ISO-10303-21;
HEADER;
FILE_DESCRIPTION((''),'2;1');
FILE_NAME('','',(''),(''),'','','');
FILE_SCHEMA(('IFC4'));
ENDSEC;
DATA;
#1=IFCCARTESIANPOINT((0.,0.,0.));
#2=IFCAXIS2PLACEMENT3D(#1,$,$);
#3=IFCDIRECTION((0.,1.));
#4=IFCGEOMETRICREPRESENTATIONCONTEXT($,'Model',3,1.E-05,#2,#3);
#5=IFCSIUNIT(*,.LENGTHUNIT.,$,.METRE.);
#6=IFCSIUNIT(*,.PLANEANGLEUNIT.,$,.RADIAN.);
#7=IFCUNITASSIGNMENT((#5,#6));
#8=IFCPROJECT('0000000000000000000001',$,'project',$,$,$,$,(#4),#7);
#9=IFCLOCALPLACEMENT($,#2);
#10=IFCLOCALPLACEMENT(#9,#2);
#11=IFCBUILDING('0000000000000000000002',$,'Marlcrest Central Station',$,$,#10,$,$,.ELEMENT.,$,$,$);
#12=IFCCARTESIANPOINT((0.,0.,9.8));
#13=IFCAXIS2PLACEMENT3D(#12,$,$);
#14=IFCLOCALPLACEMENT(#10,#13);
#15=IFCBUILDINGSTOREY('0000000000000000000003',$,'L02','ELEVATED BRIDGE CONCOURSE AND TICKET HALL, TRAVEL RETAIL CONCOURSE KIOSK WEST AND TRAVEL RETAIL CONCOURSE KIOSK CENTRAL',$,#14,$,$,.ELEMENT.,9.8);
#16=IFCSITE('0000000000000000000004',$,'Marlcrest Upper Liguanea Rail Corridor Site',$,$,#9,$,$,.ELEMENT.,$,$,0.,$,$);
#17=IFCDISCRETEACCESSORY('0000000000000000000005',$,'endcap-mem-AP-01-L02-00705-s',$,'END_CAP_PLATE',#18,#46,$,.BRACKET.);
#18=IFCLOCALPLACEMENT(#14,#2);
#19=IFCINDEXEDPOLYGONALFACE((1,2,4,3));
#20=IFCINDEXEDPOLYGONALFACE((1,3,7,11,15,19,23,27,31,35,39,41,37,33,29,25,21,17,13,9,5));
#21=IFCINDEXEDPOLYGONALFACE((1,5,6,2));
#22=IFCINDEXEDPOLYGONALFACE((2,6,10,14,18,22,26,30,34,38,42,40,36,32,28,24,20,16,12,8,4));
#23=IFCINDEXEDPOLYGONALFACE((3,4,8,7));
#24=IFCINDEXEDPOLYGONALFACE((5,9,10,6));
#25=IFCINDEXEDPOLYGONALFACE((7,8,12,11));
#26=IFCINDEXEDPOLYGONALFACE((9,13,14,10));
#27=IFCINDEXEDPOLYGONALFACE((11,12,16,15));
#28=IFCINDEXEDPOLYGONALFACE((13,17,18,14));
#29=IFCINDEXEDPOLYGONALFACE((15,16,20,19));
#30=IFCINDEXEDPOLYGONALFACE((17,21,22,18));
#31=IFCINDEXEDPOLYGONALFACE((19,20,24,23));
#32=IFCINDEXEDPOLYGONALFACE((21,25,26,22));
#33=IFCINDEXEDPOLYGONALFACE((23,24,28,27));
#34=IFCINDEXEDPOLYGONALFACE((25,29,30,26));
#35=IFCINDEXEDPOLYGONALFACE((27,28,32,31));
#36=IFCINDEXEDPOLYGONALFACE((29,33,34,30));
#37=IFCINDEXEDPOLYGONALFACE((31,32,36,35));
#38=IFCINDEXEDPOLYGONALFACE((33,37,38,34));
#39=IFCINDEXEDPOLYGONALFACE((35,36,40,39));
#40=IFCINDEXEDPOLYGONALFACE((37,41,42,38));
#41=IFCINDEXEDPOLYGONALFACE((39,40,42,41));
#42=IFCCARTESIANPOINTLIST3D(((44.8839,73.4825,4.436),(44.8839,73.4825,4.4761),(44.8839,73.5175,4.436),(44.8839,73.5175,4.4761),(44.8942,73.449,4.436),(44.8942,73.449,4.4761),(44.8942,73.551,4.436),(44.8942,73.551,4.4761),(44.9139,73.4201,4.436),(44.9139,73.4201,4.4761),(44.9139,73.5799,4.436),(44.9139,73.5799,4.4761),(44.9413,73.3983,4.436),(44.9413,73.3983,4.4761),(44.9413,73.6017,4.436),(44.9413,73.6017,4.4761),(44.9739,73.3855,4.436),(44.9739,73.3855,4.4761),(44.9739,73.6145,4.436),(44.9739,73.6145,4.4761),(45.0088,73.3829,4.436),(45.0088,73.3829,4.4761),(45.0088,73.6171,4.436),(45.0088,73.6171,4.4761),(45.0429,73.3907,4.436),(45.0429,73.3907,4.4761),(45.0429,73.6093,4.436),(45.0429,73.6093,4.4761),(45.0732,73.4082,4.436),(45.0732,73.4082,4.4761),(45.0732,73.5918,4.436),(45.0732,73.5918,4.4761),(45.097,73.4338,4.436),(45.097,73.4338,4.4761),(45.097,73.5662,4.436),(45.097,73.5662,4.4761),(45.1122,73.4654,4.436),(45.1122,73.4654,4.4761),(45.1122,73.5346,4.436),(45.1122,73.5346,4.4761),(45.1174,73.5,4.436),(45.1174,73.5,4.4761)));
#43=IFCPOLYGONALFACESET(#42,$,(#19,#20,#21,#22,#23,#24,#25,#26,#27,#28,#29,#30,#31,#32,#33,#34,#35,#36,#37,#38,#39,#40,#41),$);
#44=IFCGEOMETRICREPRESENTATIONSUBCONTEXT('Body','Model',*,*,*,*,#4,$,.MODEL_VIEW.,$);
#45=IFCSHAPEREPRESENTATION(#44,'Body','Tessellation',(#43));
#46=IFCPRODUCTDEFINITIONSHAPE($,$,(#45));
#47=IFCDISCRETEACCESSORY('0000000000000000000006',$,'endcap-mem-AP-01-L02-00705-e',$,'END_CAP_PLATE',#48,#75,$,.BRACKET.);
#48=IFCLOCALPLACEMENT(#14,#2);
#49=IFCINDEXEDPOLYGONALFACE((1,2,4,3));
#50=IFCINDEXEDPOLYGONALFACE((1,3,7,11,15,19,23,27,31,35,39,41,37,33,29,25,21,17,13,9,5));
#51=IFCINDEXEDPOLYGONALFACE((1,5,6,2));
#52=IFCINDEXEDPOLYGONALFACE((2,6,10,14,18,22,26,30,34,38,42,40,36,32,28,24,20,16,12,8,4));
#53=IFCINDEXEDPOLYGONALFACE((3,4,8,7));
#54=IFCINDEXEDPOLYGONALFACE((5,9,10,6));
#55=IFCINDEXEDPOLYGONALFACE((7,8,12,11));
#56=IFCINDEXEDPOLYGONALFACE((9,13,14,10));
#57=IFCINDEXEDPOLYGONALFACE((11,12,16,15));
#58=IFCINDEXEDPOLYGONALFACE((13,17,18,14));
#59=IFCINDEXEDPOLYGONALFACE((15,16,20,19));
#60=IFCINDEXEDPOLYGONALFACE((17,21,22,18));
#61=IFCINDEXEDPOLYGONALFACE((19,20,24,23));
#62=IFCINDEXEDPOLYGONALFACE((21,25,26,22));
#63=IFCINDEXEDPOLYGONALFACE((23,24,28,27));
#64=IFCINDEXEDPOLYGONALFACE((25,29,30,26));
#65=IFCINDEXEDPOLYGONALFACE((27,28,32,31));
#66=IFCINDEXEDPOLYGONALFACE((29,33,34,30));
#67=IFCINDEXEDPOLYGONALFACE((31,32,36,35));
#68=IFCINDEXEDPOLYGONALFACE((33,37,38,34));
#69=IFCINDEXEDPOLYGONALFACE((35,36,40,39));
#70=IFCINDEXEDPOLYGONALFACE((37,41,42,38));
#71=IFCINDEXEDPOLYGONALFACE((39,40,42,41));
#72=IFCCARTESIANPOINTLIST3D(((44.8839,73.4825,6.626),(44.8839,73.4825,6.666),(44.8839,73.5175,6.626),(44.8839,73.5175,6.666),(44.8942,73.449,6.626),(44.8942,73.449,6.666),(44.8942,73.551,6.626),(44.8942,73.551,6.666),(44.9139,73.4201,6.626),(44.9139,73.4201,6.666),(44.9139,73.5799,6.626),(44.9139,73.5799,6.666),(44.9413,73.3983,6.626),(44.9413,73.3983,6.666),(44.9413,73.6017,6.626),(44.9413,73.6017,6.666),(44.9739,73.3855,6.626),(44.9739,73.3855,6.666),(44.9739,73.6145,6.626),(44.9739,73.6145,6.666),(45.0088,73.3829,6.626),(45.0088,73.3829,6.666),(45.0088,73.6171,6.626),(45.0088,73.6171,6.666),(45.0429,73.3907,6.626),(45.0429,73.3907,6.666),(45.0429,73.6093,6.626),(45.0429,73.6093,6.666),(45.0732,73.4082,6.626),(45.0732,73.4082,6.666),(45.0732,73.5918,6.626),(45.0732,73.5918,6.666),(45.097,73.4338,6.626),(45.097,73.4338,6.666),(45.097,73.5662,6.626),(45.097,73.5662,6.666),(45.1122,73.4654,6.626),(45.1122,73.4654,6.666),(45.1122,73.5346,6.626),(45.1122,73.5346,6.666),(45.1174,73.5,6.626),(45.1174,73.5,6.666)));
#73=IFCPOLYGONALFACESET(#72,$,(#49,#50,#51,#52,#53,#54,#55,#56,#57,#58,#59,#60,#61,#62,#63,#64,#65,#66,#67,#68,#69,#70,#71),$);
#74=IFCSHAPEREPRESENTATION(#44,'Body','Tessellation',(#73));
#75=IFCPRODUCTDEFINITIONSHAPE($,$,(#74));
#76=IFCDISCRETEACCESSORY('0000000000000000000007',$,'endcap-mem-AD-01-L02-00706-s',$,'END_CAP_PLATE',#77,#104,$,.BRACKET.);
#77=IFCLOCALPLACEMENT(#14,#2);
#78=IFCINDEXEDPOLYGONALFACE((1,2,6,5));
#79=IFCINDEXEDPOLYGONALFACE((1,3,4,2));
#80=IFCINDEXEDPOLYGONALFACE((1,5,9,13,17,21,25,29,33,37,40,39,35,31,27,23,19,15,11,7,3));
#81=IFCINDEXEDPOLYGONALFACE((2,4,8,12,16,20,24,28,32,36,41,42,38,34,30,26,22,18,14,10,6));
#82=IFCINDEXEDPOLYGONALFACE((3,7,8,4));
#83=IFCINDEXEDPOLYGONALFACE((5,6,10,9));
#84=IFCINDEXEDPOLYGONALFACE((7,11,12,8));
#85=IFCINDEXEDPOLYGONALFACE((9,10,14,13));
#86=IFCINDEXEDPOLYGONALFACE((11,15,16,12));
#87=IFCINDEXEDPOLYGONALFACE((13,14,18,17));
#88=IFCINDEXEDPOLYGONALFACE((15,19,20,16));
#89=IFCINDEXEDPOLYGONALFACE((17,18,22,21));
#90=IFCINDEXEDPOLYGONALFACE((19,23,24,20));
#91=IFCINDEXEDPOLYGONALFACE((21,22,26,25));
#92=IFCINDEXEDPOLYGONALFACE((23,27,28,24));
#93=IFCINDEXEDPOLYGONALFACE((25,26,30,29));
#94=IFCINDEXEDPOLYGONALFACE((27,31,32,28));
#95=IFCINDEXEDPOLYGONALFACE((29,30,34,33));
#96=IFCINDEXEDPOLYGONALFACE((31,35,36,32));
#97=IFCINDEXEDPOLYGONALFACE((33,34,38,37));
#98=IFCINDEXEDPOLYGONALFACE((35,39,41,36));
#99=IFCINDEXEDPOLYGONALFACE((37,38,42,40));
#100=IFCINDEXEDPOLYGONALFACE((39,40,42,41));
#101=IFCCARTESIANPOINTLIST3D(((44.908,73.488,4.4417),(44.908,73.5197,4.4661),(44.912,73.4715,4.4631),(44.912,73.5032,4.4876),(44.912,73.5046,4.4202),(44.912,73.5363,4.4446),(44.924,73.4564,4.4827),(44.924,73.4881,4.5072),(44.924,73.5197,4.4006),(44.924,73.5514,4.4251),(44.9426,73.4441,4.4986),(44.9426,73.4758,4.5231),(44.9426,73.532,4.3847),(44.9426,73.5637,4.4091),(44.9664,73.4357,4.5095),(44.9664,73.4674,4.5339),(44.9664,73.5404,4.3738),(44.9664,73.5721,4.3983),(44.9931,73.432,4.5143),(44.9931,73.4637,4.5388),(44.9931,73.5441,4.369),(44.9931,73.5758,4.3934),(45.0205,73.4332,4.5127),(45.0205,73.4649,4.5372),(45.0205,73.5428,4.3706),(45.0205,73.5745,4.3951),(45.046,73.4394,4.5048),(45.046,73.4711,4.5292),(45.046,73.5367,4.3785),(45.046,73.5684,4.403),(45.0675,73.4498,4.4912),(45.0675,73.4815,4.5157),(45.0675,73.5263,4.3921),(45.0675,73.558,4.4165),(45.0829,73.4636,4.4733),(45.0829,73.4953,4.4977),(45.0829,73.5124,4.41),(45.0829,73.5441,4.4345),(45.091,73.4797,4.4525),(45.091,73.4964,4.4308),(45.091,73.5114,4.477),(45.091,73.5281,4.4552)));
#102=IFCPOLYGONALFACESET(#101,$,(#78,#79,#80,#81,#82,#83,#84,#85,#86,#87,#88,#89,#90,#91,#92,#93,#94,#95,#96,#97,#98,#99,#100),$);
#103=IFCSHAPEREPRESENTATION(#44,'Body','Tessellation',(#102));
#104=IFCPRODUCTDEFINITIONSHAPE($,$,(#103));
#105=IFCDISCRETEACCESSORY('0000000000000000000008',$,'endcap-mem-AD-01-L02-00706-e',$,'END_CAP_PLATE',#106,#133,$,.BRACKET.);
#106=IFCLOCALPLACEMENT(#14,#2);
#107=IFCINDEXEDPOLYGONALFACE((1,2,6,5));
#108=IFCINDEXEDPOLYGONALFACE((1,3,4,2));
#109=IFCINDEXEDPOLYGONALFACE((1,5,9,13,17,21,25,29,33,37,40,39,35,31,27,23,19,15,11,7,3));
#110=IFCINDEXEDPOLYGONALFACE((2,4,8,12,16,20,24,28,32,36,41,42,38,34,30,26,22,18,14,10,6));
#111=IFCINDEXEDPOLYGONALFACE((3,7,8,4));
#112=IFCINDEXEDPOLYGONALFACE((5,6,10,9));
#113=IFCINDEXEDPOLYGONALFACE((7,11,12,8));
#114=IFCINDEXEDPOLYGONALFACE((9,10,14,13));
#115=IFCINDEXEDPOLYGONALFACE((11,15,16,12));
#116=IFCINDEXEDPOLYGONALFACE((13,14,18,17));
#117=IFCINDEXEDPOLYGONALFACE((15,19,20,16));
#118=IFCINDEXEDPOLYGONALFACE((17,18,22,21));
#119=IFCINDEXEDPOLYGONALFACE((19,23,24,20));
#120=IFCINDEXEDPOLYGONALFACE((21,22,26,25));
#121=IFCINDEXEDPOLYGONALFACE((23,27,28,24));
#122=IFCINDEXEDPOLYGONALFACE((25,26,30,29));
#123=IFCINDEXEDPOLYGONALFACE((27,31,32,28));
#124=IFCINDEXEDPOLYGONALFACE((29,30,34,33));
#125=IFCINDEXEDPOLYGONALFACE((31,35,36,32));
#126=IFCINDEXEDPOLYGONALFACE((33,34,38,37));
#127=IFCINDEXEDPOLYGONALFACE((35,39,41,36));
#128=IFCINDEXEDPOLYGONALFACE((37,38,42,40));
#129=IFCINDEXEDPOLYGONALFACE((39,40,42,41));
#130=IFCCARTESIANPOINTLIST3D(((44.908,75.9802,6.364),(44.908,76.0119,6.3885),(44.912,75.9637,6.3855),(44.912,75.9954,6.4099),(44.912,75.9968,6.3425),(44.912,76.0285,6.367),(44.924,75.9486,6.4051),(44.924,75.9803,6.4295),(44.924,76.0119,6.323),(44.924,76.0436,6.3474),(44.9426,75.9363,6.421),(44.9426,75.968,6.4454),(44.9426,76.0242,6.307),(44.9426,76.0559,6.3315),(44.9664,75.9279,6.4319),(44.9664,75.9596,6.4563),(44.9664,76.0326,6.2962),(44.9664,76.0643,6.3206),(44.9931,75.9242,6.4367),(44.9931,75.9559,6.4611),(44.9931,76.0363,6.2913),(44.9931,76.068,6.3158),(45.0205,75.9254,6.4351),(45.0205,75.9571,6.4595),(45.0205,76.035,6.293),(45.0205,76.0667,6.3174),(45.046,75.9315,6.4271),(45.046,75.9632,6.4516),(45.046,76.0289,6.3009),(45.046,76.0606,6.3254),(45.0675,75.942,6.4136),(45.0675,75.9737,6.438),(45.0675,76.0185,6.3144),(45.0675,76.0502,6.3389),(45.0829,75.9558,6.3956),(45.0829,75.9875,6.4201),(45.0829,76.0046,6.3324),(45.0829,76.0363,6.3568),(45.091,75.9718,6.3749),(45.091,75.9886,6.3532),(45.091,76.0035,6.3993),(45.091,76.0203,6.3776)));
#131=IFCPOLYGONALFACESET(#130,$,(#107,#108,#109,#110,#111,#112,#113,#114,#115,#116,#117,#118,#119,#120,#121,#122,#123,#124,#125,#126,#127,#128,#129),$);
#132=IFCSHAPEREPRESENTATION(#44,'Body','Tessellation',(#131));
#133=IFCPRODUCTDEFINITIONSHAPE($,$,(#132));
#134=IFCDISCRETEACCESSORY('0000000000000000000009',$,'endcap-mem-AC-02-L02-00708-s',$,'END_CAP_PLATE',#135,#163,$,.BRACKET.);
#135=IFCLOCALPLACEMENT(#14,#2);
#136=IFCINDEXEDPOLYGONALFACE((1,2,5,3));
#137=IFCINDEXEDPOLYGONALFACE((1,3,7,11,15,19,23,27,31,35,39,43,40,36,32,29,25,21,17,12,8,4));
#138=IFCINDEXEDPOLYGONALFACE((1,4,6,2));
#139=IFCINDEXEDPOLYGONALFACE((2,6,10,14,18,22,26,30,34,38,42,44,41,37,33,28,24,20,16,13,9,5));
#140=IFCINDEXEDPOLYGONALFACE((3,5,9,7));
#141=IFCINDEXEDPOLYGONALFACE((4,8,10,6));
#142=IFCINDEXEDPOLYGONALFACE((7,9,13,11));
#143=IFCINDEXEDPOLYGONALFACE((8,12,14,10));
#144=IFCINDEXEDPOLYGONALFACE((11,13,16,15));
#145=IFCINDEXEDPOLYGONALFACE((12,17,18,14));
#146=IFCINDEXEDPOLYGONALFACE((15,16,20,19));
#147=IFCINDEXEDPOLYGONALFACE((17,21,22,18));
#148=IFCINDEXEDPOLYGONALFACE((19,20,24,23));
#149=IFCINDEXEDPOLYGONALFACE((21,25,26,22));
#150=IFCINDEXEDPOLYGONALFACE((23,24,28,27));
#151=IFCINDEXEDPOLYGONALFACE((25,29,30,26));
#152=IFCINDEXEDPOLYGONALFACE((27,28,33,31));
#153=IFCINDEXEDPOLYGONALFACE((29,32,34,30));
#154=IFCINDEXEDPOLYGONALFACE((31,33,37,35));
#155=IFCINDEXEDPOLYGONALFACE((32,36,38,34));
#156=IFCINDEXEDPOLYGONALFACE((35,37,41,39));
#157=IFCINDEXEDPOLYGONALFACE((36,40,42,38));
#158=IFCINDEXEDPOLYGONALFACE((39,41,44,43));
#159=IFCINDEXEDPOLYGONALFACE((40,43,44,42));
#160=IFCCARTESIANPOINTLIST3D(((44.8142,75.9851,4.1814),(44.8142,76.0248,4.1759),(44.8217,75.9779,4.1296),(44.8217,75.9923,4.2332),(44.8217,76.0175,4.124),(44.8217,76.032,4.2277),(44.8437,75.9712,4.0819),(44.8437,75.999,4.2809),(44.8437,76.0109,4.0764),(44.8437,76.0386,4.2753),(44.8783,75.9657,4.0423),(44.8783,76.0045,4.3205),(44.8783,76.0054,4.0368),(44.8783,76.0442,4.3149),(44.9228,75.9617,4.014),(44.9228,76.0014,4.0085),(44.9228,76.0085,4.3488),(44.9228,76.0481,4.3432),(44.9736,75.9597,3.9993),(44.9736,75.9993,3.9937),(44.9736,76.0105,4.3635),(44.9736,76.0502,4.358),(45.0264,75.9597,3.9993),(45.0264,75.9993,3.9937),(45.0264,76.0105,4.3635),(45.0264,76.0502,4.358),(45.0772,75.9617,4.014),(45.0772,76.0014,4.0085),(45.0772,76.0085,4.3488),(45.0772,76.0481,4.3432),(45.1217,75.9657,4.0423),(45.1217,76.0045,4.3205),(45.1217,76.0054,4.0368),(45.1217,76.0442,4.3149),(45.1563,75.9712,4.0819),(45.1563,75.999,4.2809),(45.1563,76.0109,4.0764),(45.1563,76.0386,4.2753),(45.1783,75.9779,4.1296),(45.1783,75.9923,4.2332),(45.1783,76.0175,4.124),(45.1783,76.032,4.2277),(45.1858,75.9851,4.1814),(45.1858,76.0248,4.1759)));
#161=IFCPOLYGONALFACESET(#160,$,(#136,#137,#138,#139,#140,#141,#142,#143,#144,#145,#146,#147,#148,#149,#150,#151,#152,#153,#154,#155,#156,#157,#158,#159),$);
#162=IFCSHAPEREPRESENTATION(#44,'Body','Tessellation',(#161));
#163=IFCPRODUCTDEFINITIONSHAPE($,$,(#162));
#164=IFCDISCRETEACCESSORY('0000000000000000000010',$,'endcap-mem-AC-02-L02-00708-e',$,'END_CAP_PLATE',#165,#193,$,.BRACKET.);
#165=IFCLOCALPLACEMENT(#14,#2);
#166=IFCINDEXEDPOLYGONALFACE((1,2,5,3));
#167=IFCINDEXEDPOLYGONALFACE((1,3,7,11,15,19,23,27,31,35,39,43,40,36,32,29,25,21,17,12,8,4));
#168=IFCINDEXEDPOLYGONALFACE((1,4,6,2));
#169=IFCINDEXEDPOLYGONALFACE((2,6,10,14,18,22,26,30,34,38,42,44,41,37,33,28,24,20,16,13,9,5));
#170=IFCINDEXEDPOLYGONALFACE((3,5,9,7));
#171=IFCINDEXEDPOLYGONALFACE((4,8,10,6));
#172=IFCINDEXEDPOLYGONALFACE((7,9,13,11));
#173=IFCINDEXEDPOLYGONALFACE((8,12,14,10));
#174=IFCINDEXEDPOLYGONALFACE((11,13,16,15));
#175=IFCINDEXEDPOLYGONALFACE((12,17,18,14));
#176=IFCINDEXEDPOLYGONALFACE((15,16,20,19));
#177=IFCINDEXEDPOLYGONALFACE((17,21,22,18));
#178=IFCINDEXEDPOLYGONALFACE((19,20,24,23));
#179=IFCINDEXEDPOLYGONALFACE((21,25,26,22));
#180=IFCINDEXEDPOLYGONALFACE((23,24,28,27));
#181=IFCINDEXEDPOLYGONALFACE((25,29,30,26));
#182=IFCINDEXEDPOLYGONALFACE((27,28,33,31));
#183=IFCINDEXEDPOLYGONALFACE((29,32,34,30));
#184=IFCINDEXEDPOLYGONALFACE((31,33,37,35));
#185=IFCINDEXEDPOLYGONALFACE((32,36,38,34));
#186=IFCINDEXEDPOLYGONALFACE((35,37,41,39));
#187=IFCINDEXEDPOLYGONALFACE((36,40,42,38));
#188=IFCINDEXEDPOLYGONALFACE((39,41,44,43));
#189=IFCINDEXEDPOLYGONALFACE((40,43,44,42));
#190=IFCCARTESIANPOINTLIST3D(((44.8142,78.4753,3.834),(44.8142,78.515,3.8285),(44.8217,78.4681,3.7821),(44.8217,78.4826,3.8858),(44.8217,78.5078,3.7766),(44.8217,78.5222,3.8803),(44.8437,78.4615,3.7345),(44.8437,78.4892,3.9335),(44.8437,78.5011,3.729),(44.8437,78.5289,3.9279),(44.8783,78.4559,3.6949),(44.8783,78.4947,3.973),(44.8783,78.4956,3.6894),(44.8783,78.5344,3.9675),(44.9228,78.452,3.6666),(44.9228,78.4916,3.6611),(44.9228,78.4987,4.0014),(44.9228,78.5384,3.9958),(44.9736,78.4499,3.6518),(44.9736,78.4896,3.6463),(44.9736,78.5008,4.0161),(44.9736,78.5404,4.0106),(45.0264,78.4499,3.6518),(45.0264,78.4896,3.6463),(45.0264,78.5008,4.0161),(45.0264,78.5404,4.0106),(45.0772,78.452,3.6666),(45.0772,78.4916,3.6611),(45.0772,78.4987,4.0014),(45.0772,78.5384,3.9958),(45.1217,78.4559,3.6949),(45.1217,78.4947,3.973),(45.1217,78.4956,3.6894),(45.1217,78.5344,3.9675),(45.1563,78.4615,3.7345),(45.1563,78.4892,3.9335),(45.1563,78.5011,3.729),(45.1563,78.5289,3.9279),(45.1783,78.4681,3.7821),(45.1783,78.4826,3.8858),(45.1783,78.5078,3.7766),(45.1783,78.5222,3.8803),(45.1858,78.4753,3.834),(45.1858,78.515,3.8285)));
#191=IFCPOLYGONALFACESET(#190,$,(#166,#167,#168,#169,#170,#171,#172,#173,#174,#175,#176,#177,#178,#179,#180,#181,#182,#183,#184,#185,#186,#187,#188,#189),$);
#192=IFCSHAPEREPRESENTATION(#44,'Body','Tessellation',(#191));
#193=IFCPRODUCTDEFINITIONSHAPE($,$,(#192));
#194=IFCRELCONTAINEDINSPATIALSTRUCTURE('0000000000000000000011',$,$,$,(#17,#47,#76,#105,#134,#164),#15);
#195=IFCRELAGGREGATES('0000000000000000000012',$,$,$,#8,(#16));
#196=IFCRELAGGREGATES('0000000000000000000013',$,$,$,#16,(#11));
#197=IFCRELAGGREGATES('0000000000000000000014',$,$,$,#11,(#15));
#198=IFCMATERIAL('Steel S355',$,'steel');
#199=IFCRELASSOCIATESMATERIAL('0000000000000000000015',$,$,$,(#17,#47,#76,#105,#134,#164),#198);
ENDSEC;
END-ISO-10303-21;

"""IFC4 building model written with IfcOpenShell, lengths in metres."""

from ifc_helpers import new_model, si_unit, direction, frame, origin, origin_2d, place, context, subcontext, project, spatial, circle, extrude, material, element, save


model = new_model("IFC4")

# Units and contexts
model_context = context("Model", 3, precision=1e-05, world=origin(), true_north=direction((0.0, 1.0)))
body_context = subcontext(model_context, "Body", "Model", "MODEL_VIEW")
ifc_project = project(units=[si_unit("LENGTHUNIT", "METRE"), si_unit("PLANEANGLEUNIT", "RADIAN")], contexts=[model_context])

# Site, building, storey
site_placement = place(None, origin())
site = spatial("IfcSite", under=ifc_project, at=site_placement, Name="Marlcrest Upper Liguanea Rail Corridor Site", CompositionType="ELEMENT", RefElevation=0.0)
building_placement = place(site_placement, origin())
building = spatial("IfcBuilding", under=site, at=building_placement, Name="Marlcrest Central Station", CompositionType="ELEMENT")
storey_placement = place(building_placement, frame((0.0, 0.0, 9.8)))
storey = spatial("IfcBuildingStorey", under=building, at=storey_placement, Name="L02", Description="ELEVATED BRIDGE CONCOURSE AND TICKET HALL, TRAVEL RETAIL CONCOURSE KIOSK WEST AND TRAVEL RETAIL CONCOURSE KIOSK CENTRAL", CompositionType="ELEMENT", Elevation=9.8)

# Shared definitions
ifc_material = material(Name="Steel S355", Category="steel")

# Discrete accessories
for number, where, z_axis, x_axis, name in (
    (1, (45.0, 73.5, 4.436), (0.0, 0.0, 1.0), (1.0, 0.0, 0.0), "endcap-mem-AP-01-L02-00705-s"),
    (2, (45.0, 73.5, 6.626), (0.0, 0.0, 1.0), (1.0, 0.0, 0.0), "endcap-mem-AP-01-L02-00705-e"),
):
    element("IfcDiscreteAccessory", number, at=place(storey_placement, frame(where, z_axis=z_axis, x_axis=x_axis)), inside=storey, material=ifc_material, Name=name, ObjectType="END_CAP_PLATE", PredefinedType="BRACKET", context=body_context, shape_type="SweptSolid", body=[
        extrude(circle(Radius=0.1174, at=origin_2d()), origin(), (0.0, 0.0, 1.0), 0.04),
    ])
for number, where, z_axis, x_axis, name in (
    (3, (45.0, 73.488, 4.4417), (0.0, 0.791798, 0.610783), (-1.0, 0.0, 0.0), "endcap-mem-AD-01-L02-00706-s"),
    (4, (45.0, 75.9802, 6.364), (0.0, 0.791798, 0.610783), (-1.0, 0.0, 0.0), "endcap-mem-AD-01-L02-00706-e"),
):
    element("IfcDiscreteAccessory", number, at=place(storey_placement, frame(where, z_axis=z_axis, x_axis=x_axis)), inside=storey, material=ifc_material, Name=name, ObjectType="END_CAP_PLATE", PredefinedType="BRACKET", context=body_context, shape_type="SweptSolid", body=[
        extrude(circle(Radius=0.092, at=origin_2d()), origin(), (0.0, 0.0, 1.0), 0.04),
    ])
for number, where, z_axis, x_axis, name in (
    (5, (45.0, 75.9851, 4.1814), (0.0, 0.990403, -0.138211), (-1.0, 0.0, 0.0), "endcap-mem-AC-02-L02-00708-s"),
    (6, (45.0, 78.4753, 3.834), (0.0, 0.990403, -0.138211), (-1.0, 0.0, 0.0), "endcap-mem-AC-02-L02-00708-e"),
):
    element("IfcDiscreteAccessory", number, at=place(storey_placement, frame(where, z_axis=z_axis, x_axis=x_axis)), inside=storey, material=ifc_material, Name=name, ObjectType="END_CAP_PLATE", PredefinedType="BRACKET", context=body_context, shape_type="SweptSolid", body=[
        extrude(circle(Radius=0.1858, at=origin_2d()), origin(), (0.0, 0.0, 1.0), 0.04),
    ])

save(model, "model.ifc")
